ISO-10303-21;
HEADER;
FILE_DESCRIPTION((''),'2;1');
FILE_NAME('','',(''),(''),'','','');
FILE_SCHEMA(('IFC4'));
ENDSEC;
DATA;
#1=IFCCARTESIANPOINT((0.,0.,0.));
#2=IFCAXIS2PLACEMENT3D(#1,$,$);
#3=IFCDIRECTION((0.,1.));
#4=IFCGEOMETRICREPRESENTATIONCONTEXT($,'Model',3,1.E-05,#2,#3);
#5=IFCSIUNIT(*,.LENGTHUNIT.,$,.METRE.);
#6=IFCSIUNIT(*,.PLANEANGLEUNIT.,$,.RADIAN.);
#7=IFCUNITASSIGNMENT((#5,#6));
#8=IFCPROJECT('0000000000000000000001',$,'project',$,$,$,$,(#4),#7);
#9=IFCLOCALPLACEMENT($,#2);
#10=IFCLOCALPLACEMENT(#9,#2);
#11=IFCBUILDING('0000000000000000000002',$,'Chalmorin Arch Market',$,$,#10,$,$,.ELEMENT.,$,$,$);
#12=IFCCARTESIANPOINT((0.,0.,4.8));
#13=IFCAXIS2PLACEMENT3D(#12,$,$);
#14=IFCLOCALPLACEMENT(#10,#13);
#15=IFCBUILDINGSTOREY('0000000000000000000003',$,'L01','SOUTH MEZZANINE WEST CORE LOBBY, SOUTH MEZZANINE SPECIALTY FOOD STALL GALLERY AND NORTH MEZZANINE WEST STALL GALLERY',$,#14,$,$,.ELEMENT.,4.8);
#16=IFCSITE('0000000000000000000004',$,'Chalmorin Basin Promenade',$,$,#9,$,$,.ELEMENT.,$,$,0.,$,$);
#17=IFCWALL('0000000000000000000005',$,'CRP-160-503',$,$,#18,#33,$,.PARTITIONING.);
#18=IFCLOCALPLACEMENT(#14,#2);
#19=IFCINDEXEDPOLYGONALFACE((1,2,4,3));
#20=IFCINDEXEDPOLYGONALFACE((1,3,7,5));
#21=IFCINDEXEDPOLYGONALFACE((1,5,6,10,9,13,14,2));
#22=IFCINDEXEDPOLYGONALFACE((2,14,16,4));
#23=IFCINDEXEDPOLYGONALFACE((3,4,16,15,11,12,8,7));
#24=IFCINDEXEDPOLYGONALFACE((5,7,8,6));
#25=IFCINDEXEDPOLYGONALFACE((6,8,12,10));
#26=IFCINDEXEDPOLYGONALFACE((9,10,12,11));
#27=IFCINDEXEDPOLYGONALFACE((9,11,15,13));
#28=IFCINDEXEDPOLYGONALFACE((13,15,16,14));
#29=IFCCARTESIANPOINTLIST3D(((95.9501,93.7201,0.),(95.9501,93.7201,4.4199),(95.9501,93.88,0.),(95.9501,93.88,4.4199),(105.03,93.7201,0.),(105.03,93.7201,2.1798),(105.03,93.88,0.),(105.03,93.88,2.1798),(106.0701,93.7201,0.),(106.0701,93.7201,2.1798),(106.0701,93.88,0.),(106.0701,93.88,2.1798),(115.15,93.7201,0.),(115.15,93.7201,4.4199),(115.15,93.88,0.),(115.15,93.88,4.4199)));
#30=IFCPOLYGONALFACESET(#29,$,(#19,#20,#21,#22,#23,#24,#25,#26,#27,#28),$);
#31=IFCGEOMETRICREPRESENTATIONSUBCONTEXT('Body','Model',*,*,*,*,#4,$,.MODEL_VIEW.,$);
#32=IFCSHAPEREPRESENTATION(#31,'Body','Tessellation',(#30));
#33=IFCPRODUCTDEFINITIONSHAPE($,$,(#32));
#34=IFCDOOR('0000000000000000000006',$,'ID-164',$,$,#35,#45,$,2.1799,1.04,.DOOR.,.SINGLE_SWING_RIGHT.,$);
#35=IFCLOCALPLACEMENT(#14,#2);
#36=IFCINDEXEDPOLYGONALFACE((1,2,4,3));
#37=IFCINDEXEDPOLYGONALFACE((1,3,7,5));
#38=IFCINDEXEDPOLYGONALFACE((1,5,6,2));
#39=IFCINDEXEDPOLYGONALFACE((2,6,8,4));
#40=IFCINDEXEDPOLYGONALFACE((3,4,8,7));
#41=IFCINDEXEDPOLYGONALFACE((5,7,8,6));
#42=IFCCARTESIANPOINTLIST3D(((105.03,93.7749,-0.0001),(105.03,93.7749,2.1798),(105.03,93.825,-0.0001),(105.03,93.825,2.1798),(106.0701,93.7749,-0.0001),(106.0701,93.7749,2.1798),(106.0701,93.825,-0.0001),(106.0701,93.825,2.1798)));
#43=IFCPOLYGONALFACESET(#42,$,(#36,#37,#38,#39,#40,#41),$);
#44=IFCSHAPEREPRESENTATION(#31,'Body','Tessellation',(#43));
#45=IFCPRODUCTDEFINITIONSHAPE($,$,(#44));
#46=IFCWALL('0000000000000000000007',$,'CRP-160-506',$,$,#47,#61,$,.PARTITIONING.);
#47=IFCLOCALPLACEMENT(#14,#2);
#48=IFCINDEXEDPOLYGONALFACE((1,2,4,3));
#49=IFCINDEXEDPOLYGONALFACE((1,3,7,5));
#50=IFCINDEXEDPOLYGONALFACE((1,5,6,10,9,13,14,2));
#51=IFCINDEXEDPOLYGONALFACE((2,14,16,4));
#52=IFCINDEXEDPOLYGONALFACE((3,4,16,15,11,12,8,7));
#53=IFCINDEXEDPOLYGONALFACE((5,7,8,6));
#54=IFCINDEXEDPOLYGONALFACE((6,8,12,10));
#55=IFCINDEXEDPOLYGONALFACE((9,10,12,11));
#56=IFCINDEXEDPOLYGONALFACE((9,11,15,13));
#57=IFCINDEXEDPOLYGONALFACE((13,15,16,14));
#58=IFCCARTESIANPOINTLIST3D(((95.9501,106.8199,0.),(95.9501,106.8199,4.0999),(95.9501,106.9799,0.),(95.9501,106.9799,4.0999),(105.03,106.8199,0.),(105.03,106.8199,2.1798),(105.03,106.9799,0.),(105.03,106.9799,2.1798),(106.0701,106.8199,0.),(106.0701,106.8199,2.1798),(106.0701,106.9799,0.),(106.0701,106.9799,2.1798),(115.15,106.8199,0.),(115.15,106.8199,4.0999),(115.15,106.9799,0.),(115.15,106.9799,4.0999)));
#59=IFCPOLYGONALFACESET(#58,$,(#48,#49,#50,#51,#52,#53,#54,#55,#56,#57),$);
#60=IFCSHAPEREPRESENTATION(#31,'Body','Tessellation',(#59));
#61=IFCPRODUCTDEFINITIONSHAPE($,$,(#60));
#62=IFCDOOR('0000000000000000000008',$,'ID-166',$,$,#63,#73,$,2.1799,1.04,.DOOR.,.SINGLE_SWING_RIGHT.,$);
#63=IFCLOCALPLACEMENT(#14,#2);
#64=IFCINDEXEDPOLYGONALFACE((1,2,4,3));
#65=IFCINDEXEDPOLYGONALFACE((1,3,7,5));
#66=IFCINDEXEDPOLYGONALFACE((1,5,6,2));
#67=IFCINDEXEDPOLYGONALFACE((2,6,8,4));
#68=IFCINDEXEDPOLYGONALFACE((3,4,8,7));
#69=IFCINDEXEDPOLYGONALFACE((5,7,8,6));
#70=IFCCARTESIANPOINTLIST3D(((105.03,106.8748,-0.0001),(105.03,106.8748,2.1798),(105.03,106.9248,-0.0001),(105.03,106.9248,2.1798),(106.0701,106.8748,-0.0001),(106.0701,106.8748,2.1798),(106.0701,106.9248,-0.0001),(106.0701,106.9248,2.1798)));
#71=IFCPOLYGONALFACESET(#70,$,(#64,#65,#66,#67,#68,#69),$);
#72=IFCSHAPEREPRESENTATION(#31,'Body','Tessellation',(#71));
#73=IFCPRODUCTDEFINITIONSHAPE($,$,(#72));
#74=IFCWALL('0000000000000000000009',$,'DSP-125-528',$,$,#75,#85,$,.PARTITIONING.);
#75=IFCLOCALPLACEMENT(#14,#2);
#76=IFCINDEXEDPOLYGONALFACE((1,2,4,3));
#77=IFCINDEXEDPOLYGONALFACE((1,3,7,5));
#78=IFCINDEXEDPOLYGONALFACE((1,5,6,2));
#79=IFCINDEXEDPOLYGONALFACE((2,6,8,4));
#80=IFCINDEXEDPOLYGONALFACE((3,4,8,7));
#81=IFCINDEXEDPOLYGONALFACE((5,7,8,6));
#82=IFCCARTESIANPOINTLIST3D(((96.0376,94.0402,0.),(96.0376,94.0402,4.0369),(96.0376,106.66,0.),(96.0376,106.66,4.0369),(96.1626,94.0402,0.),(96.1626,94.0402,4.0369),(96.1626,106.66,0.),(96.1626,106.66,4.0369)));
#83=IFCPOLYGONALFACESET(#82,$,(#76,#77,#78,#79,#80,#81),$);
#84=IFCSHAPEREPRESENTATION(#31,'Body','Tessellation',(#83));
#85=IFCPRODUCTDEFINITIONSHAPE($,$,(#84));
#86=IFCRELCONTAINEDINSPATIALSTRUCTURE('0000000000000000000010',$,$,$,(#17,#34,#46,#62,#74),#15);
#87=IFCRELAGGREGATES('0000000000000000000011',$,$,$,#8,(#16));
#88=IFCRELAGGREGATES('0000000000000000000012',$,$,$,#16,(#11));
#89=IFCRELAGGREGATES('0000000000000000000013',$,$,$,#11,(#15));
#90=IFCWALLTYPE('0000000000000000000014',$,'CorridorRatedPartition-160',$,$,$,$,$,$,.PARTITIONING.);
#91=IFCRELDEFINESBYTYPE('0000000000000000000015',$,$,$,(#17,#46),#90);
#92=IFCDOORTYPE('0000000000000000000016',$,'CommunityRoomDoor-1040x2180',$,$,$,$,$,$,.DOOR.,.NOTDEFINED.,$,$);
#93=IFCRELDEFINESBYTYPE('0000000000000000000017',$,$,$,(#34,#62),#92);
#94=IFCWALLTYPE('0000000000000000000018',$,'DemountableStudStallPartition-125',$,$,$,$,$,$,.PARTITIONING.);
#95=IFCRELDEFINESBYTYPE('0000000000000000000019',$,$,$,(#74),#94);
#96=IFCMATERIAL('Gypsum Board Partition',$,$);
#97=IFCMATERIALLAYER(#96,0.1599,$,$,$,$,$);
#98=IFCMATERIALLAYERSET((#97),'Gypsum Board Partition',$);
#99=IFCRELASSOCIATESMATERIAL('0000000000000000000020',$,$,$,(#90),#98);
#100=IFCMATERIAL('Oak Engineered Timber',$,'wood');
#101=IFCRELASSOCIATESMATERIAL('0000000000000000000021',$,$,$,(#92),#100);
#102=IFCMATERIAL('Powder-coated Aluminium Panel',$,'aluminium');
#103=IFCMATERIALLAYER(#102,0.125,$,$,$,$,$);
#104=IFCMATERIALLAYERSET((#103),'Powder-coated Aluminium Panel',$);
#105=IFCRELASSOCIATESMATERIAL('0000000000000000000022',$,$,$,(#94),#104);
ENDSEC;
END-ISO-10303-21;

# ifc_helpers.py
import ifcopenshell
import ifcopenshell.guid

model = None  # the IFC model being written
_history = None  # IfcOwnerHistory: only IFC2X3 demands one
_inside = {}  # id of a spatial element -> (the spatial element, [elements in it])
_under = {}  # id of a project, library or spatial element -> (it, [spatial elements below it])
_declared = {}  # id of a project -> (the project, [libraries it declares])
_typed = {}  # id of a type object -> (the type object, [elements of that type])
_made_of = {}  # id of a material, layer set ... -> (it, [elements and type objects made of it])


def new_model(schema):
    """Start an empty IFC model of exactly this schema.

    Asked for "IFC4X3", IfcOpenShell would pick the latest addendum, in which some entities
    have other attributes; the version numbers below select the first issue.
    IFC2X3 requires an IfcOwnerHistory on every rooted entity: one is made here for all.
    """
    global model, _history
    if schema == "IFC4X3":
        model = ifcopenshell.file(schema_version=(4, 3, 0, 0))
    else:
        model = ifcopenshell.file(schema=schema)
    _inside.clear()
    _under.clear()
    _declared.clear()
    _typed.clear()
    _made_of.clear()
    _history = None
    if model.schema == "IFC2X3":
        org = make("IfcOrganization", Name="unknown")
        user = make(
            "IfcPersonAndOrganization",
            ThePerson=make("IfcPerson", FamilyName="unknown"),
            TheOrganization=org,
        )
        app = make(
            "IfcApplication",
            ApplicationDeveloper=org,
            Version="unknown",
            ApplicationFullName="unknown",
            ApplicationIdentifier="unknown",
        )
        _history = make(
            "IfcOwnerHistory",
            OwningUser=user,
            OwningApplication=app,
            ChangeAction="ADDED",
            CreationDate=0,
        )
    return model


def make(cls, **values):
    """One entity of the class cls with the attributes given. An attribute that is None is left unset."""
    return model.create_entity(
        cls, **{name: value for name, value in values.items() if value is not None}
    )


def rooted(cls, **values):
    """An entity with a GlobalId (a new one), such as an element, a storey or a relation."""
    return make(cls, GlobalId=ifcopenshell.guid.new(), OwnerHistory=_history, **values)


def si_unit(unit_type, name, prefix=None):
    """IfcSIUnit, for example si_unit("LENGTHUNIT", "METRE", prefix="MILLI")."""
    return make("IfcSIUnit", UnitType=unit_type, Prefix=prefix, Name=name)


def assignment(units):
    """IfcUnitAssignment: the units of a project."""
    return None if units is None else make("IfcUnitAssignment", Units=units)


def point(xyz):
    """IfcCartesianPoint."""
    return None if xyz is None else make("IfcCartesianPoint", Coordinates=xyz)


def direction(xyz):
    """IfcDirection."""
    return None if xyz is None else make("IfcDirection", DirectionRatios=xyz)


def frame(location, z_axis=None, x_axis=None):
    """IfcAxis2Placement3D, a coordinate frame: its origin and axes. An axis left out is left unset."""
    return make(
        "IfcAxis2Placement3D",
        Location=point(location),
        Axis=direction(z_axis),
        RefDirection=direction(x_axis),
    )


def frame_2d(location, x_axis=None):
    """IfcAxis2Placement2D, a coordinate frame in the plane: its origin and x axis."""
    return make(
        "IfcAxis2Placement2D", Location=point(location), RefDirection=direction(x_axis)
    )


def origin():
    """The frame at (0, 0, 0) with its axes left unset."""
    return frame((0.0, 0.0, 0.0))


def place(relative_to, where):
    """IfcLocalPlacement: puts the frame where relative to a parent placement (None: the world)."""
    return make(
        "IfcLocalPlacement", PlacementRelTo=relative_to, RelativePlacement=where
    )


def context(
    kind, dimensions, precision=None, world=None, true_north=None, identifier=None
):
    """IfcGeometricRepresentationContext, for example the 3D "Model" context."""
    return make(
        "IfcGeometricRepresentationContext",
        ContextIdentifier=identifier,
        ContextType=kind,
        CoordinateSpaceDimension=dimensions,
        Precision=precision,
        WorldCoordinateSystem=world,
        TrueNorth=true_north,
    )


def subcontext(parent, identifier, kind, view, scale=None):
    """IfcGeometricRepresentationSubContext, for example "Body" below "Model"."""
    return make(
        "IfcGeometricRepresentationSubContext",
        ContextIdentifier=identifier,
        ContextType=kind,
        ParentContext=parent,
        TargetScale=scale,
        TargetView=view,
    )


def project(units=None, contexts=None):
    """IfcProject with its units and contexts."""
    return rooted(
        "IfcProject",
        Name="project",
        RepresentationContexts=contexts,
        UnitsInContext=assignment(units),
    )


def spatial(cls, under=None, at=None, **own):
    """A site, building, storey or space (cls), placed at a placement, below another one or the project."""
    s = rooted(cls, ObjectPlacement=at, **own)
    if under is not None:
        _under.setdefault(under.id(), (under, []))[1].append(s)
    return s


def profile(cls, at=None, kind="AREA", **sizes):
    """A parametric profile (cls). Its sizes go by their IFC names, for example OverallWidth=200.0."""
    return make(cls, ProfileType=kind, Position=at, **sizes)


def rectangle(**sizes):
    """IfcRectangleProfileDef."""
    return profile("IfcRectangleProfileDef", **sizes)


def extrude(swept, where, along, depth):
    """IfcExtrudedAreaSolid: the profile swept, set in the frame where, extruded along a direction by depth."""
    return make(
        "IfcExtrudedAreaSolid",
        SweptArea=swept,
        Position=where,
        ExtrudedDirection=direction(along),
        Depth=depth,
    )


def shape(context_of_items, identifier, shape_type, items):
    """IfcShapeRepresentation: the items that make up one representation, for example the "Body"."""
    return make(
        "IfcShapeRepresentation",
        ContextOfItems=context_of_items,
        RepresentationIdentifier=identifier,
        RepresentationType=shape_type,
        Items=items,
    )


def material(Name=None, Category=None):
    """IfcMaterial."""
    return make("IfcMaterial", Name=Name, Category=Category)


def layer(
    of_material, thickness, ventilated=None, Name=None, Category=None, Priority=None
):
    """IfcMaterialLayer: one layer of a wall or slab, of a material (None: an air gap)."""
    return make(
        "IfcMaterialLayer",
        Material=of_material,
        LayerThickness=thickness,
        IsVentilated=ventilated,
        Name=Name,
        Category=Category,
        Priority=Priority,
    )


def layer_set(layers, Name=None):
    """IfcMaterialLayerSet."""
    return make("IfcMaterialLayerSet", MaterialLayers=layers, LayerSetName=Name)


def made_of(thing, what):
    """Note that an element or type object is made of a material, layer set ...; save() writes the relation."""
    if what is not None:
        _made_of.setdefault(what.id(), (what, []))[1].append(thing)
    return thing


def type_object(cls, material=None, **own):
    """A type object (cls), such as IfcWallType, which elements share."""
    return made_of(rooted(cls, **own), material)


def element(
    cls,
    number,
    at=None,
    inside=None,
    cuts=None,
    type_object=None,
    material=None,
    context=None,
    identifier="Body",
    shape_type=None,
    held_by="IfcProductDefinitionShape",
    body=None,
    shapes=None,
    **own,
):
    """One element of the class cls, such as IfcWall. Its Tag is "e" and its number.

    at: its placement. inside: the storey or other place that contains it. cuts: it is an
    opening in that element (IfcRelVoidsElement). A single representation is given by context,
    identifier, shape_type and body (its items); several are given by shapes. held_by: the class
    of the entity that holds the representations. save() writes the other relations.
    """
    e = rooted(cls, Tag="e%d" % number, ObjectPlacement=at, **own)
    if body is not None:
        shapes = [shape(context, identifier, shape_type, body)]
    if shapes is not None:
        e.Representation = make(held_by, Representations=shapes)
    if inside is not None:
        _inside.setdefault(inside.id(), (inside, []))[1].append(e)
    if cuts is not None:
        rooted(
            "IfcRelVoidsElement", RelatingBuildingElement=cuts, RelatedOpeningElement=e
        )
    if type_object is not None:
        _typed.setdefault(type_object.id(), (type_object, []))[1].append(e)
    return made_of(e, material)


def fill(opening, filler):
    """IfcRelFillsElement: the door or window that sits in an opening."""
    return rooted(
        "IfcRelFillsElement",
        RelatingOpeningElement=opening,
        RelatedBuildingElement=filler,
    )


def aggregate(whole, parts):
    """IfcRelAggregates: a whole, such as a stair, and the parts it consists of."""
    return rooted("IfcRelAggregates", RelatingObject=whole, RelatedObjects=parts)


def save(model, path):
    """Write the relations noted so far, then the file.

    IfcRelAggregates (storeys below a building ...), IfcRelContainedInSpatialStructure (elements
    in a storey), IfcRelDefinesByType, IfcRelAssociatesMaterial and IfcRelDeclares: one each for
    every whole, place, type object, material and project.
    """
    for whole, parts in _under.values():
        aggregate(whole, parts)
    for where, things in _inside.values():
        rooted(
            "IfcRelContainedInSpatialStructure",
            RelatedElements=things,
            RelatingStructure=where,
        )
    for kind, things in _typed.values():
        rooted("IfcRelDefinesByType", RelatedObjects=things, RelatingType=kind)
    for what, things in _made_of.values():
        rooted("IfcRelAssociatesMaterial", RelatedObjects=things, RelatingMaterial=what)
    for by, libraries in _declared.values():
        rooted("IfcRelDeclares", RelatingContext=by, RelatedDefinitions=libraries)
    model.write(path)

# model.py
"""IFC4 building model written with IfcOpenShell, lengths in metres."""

from ifc_helpers import new_model, si_unit, direction, frame, frame_2d, origin, place, context, subcontext, project, spatial, rectangle, extrude, material, layer, layer_set, type_object, element, fill, save


model = new_model("IFC4")

# Units and contexts
model_context = context("Model", 3, precision=1e-05, world=origin(), true_north=direction((0.0, 1.0)))
body_context = subcontext(model_context, "Body", "Model", "MODEL_VIEW")
ifc_project = project(units=[si_unit("LENGTHUNIT", "METRE"), si_unit("PLANEANGLEUNIT", "RADIAN")], contexts=[model_context])

# Site, building, storey
site_placement = place(None, origin())
site = spatial("IfcSite", under=ifc_project, at=site_placement, Name="Chalmorin Basin Promenade", CompositionType="ELEMENT", RefElevation=0.0)
building_placement = place(site_placement, origin())
building = spatial("IfcBuilding", under=site, at=building_placement, Name="Chalmorin Arch Market", CompositionType="ELEMENT")
storey_placement = place(building_placement, frame((0.0, 0.0, 4.8)))
storey = spatial("IfcBuildingStorey", under=building, at=storey_placement, Name="L01", Description="SOUTH MEZZANINE WEST CORE LOBBY, SOUTH MEZZANINE SPECIALTY FOOD STALL GALLERY AND NORTH MEZZANINE WEST STALL GALLERY", CompositionType="ELEMENT", Elevation=4.8)

# Shared definitions
ifc_material_1 = material(Name="Gypsum Board Partition")

# Walls, openings, doors
ifc_layer_1 = layer(ifc_material_1, 0.1599)
ifc_layer_set_1 = layer_set([ifc_layer_1], Name="Gypsum Board Partition")
wall_type_1 = type_object("IfcWallType", Name="CorridorRatedPartition-160", PredefinedType="PARTITIONING", material=ifc_layer_set_1)
wall_1_placement = place(storey_placement, frame((95.95, 93.8, 0.0), z_axis=(0.0, 0.0, 1.0), x_axis=(1.0, 0.0, 0.0)))
wall_1 = element("IfcWall", 1, at=wall_1_placement, inside=storey, type_object=wall_type_1, Name="CRP-160-503", PredefinedType="PARTITIONING", context=body_context, shape_type="SweptSolid", body=[
    extrude(rectangle(XDim=19.2, YDim=0.1599, at=frame_2d((9.6001, 0.0))), origin(), (0.0, 0.0, 1.0), 4.4199),
])
opening_1_placement = place(wall_1_placement, frame((9.0801, 0.0, 0.0)))
opening_1 = element("IfcOpeningElement", 2, at=opening_1_placement, cuts=wall_1, PredefinedType="OPENING", context=body_context, shape_type="SweptSolid", body=[
    extrude(rectangle(XDim=1.04, YDim=2.1799, at=frame_2d((0.52, 1.0898))), frame((0.0, 0.0898, 0.0), z_axis=(0.0, -1.0, 0.0), x_axis=(1.0, 0.0, 0.0)), (0.0, 0.0, 1.0), 0.1799),
])
ifc_material_2 = material(Name="Oak Engineered Timber", Category="wood")
door_type_1 = type_object("IfcDoorType", Name="CommunityRoomDoor-1040x2180", OperationType="NOTDEFINED", PredefinedType="DOOR", material=ifc_material_2)
door_1_placement = place(opening_1_placement, origin())
door_1 = element("IfcDoor", 3, at=door_1_placement, inside=storey, type_object=door_type_1, Name="ID-164", OperationType="SINGLE_SWING_RIGHT", OverallHeight=2.1799, OverallWidth=1.04, PredefinedType="DOOR", context=body_context, shape_type="SweptSolid", body=[
    extrude(rectangle(XDim=1.04, YDim=2.1799, at=frame_2d((0.52, 1.0898))), frame((0.0, 0.0249, 0.0), z_axis=(0.0, -1.0, 0.0), x_axis=(1.0, 0.0, 0.0)), (0.0, 0.0, 1.0), 0.05),
])
fill(opening_1, door_1)
wall_2_placement = place(storey_placement, frame((95.95, 106.8999, 0.0), z_axis=(0.0, 0.0, 1.0), x_axis=(1.0, 0.0, 0.0)))
wall_2 = element("IfcWall", 4, at=wall_2_placement, inside=storey, type_object=wall_type_1, Name="CRP-160-506", PredefinedType="PARTITIONING", context=body_context, shape_type="SweptSolid", body=[
    extrude(rectangle(XDim=19.2, YDim=0.1599, at=frame_2d((9.6001, 0.0))), origin(), (0.0, 0.0, 1.0), 4.0999),
])
opening_2_placement = place(wall_2_placement, frame((9.0801, 0.0, 0.0)))
opening_2 = element("IfcOpeningElement", 5, at=opening_2_placement, cuts=wall_2, PredefinedType="OPENING", context=body_context, shape_type="SweptSolid", body=[
    extrude(rectangle(XDim=1.04, YDim=2.1799, at=frame_2d((0.52, 1.0898))), frame((0.0, 0.0898, 0.0), z_axis=(0.0, -1.0, 0.0), x_axis=(1.0, 0.0, 0.0)), (0.0, 0.0, 1.0), 0.1799),
])
door_2_placement = place(opening_2_placement, origin())
door_2 = element("IfcDoor", 6, at=door_2_placement, inside=storey, type_object=door_type_1, Name="ID-166", OperationType="SINGLE_SWING_RIGHT", OverallHeight=2.1799, OverallWidth=1.04, PredefinedType="DOOR", context=body_context, shape_type="SweptSolid", body=[
    extrude(rectangle(XDim=1.04, YDim=2.1799, at=frame_2d((0.52, 1.0898))), frame((0.0, 0.0249, 0.0), z_axis=(0.0, -1.0, 0.0), x_axis=(1.0, 0.0, 0.0)), (0.0, 0.0, 1.0), 0.05),
])
fill(opening_2, door_2)

# Wall
ifc_material_3 = material(Name="Powder-coated Aluminium Panel", Category="aluminium")
ifc_layer_2 = layer(ifc_material_3, 0.125)
ifc_layer_set_2 = layer_set([ifc_layer_2], Name="Powder-coated Aluminium Panel")
wall_type_2 = type_object("IfcWallType", Name="DemountableStudStallPartition-125", PredefinedType="PARTITIONING", material=ifc_layer_set_2)
wall_3_placement = place(storey_placement, frame((96.1001, 94.04, 0.0), z_axis=(0.0, 0.0, 1.0), x_axis=(0.0, 1.0, 0.0)))
element("IfcWall", 7, at=wall_3_placement, inside=storey, type_object=wall_type_2, Name="DSP-125-528", PredefinedType="PARTITIONING", context=body_context, shape_type="SweptSolid", body=[
    extrude(rectangle(XDim=12.6199, YDim=0.125, at=frame_2d((6.3101, 0.0))), origin(), (0.0, 0.0, 1.0), 4.0369),
])

save(model, "model.ifc")
